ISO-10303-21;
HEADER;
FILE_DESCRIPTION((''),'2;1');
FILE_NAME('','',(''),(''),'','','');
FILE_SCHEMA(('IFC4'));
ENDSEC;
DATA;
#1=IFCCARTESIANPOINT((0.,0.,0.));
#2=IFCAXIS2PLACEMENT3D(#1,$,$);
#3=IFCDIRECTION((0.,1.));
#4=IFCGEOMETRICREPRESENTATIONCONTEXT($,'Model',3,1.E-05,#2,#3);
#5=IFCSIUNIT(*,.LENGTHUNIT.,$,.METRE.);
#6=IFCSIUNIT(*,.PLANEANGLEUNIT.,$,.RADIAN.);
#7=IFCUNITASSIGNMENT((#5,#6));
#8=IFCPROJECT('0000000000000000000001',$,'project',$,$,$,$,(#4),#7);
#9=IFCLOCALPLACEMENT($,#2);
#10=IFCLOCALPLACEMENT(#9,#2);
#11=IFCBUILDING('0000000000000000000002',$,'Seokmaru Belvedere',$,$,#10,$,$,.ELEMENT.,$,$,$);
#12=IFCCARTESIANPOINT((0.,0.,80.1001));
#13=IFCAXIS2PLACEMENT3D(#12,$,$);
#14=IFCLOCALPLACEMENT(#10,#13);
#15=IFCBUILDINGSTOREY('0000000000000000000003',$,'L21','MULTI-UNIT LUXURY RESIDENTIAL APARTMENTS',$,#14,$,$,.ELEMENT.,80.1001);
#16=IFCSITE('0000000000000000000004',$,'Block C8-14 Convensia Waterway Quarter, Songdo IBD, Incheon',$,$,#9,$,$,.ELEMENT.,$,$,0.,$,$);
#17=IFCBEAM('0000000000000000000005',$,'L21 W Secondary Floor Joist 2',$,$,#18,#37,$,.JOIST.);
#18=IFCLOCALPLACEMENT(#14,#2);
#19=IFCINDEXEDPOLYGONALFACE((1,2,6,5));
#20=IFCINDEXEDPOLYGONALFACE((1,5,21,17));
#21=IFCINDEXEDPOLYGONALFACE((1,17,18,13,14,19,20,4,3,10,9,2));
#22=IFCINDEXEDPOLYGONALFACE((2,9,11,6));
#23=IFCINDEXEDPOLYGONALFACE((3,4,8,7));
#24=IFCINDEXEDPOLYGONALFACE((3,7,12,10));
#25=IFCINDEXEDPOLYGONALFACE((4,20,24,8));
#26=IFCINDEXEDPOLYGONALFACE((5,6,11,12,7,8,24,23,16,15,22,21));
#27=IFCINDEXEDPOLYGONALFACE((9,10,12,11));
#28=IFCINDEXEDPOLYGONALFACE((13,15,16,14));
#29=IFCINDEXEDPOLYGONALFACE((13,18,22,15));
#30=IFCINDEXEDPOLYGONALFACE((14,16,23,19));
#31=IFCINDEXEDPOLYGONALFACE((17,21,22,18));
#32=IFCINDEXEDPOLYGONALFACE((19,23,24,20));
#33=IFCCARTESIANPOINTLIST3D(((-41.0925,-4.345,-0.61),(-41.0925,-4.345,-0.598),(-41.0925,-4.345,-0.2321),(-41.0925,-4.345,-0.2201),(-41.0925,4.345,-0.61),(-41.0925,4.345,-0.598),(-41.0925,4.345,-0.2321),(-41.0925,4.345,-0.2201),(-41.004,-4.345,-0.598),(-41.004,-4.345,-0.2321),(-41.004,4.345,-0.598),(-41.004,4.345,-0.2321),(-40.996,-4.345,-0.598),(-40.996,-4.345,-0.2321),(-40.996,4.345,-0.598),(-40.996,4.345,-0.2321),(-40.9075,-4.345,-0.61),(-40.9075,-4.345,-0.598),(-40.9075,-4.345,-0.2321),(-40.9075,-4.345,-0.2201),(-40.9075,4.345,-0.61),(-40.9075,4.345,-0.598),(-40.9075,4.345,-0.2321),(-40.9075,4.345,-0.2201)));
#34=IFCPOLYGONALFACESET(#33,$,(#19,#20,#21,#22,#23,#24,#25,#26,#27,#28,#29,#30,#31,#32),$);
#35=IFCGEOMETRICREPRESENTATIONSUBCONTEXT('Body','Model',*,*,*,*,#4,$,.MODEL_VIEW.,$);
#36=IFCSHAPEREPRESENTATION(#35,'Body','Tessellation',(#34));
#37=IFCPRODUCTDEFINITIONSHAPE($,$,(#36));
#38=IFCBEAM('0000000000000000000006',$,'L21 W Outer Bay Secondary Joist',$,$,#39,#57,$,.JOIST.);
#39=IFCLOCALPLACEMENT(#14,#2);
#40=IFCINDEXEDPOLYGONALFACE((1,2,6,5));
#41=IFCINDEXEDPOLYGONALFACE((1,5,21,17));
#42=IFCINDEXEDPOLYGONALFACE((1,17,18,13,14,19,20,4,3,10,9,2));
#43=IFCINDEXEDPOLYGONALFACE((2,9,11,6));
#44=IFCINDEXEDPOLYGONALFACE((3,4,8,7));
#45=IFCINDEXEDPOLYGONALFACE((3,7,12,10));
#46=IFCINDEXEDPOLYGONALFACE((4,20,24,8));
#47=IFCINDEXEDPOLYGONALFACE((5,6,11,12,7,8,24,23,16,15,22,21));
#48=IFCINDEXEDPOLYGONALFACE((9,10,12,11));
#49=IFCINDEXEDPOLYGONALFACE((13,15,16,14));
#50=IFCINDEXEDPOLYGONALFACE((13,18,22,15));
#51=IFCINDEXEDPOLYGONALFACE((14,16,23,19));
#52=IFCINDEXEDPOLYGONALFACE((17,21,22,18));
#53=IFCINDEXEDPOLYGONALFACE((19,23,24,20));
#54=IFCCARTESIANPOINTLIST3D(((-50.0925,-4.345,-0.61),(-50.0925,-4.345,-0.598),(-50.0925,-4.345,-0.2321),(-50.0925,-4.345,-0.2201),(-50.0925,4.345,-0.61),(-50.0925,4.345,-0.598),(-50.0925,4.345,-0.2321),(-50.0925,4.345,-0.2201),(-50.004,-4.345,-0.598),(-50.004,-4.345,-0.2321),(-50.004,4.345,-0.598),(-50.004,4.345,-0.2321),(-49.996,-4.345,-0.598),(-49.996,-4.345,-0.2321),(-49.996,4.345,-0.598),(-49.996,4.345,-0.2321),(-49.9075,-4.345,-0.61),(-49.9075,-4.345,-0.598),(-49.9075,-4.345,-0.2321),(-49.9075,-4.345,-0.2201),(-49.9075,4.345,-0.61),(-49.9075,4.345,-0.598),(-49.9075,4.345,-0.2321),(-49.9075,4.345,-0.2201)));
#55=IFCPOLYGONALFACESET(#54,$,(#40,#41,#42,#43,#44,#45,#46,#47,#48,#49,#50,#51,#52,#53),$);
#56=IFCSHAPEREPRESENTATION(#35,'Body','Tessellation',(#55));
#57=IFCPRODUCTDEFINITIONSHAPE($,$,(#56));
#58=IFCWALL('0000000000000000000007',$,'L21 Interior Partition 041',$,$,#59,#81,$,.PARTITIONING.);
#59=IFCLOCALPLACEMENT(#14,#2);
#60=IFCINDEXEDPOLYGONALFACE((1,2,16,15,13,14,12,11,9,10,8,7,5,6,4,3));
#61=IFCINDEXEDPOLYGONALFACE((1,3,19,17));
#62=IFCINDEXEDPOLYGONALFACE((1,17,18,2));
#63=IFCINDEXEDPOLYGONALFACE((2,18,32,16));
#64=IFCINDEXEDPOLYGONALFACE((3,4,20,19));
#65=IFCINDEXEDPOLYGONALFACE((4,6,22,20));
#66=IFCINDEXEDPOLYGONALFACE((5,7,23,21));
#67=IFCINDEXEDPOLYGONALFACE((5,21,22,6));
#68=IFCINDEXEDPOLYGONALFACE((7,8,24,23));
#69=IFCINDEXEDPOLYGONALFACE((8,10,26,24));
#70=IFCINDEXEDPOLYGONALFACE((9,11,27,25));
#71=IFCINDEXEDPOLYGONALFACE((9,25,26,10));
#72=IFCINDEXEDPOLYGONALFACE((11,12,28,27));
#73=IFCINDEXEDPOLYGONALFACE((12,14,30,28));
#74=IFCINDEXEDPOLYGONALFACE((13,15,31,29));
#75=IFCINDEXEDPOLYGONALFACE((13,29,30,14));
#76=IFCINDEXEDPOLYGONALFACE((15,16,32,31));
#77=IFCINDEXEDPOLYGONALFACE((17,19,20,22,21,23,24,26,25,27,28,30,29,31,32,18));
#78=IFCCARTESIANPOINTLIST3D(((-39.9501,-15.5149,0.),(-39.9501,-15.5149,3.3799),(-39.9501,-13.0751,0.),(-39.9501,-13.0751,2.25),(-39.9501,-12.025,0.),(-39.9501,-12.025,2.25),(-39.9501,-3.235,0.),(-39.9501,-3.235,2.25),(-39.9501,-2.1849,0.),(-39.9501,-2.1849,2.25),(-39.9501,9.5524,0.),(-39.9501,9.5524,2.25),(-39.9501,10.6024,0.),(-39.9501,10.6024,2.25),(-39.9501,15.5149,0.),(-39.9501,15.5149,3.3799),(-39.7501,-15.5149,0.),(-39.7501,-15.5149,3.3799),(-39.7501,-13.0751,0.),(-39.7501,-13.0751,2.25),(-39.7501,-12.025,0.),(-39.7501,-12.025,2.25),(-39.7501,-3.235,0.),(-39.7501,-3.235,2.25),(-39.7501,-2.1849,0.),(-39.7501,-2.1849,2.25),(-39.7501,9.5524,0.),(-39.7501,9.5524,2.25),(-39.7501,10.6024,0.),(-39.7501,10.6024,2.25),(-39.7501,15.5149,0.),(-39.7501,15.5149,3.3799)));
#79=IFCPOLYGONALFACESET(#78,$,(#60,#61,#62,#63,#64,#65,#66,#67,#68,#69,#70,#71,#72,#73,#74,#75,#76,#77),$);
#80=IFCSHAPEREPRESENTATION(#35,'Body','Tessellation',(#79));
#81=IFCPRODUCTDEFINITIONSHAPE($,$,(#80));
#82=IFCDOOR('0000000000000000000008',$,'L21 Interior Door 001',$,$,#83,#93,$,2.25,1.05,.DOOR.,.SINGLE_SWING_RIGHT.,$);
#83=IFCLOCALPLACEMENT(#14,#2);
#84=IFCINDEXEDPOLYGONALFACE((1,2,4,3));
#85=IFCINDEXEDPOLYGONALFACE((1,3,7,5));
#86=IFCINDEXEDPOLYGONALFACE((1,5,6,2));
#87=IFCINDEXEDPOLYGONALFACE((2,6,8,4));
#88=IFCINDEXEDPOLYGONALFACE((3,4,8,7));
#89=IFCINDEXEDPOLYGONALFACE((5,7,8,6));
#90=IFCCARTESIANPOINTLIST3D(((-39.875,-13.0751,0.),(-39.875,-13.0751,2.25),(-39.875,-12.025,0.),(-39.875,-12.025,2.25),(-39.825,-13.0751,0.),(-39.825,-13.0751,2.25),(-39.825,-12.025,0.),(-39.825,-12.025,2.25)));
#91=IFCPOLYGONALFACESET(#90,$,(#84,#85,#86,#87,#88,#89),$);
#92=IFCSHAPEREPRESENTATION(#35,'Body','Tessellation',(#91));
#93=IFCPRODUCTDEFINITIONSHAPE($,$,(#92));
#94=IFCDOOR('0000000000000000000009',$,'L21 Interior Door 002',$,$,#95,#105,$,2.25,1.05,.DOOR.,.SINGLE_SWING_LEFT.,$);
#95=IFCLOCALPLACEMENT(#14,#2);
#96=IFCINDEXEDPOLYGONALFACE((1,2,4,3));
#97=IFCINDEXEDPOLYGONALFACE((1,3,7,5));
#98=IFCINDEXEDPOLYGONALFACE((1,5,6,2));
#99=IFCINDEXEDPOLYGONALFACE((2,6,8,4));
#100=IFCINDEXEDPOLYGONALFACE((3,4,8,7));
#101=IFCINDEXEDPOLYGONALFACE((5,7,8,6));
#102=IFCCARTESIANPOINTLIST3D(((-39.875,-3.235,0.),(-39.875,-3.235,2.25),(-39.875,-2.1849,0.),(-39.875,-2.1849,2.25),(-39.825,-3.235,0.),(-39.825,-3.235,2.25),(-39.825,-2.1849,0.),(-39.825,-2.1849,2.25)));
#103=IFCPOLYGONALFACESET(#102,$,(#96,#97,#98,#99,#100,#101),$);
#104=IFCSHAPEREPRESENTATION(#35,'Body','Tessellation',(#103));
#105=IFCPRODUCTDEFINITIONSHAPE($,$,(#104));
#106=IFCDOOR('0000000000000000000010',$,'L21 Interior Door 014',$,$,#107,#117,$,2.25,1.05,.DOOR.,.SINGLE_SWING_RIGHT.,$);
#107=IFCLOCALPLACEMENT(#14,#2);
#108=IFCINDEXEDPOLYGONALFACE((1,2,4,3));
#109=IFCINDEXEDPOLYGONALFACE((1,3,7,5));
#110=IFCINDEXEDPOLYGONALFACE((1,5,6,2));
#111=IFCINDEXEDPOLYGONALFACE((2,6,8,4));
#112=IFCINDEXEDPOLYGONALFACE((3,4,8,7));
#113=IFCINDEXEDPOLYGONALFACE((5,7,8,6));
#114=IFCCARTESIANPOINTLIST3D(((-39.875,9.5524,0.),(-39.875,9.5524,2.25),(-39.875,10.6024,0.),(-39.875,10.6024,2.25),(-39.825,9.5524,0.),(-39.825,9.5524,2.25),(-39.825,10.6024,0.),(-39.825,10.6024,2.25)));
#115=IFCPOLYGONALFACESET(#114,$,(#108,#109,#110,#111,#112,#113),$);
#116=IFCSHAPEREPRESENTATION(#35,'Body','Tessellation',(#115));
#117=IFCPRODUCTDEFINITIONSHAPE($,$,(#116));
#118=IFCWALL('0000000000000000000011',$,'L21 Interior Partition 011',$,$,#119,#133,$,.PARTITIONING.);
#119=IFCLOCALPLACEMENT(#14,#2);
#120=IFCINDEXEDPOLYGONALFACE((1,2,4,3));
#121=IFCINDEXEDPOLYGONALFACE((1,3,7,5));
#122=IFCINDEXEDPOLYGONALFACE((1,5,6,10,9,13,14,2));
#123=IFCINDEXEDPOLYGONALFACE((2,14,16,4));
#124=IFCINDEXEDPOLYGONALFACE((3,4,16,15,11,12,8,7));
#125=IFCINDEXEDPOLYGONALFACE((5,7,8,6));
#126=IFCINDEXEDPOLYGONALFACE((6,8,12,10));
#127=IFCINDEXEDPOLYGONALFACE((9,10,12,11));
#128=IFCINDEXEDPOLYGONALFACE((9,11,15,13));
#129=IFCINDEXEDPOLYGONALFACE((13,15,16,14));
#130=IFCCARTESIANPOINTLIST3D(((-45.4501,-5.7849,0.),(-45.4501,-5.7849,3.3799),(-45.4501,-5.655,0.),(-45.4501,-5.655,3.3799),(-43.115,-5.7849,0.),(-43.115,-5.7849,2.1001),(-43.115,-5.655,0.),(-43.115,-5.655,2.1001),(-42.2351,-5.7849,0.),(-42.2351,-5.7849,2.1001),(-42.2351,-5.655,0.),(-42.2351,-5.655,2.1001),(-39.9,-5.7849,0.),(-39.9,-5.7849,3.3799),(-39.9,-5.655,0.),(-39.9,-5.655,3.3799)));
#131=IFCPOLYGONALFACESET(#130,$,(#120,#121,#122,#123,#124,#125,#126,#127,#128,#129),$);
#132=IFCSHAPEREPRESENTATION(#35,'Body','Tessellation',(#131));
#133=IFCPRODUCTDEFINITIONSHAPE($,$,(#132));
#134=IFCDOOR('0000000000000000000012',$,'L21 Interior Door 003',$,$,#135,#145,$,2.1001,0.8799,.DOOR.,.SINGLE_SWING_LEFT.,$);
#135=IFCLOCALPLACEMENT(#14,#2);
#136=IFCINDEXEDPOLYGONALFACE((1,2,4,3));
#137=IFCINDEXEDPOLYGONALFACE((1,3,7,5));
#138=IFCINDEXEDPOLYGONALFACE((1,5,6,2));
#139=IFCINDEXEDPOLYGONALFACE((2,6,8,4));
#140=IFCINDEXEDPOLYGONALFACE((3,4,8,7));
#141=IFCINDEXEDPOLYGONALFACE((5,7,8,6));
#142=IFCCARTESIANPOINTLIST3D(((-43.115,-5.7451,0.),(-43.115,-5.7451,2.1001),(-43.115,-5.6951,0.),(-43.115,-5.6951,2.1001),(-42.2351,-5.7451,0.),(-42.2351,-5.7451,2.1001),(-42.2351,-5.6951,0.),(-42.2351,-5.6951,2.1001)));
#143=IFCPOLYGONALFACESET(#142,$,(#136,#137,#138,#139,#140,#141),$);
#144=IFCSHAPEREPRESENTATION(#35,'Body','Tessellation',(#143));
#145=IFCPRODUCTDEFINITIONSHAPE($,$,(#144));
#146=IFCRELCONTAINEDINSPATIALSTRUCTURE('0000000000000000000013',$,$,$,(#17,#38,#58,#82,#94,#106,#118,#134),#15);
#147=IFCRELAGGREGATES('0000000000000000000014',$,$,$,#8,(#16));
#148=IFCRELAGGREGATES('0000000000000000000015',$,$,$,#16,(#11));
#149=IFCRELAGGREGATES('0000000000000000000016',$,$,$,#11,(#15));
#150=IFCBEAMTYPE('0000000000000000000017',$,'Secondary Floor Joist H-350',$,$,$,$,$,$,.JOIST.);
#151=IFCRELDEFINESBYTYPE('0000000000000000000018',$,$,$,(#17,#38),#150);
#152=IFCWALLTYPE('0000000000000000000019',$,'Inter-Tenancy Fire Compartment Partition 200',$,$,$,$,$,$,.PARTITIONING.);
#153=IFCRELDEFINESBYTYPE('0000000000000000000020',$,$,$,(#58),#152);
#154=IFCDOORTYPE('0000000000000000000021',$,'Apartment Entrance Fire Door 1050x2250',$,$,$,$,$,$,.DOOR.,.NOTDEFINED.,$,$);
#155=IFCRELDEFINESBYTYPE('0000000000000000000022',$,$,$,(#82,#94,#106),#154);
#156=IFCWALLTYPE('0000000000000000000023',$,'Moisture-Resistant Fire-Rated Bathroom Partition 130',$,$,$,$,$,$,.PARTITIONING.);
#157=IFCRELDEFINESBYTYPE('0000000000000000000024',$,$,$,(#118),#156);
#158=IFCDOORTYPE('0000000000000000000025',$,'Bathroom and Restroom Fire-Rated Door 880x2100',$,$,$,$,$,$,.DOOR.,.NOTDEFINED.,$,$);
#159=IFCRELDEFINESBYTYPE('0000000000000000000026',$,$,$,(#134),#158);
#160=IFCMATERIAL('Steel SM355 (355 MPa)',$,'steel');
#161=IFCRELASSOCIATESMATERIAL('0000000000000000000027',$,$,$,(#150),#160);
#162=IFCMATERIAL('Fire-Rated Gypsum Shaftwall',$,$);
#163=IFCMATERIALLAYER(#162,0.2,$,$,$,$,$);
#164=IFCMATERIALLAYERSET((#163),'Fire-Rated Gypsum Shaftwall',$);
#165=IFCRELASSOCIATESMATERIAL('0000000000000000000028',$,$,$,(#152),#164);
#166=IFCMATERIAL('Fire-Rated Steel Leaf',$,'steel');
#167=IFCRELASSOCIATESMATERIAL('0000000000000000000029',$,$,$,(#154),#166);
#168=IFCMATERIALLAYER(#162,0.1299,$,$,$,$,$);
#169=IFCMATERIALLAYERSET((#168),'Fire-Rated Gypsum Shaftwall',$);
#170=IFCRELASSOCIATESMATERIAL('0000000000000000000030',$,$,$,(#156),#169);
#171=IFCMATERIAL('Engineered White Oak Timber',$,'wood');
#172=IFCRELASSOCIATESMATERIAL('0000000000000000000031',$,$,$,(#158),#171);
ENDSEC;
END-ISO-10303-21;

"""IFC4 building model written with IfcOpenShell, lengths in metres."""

from ifc_helpers import new_model, si_unit, direction, frame, frame_2d, origin, origin_2d, place, context, subcontext, project, spatial, rectangle, i_section, extrude, source, transform, mapped, material, layer, layer_set, material_profile, profile_set, type_object, type_shapes, element, fill, save


model = new_model("IFC4")

# Units and contexts
model_context = context("Model", 3, precision=1e-05, world=origin(), true_north=direction((0.0, 1.0)))
body_context = subcontext(model_context, "Body", "Model", "MODEL_VIEW")
ifc_project = project(units=[si_unit("LENGTHUNIT", "METRE"), si_unit("PLANEANGLEUNIT", "RADIAN")], contexts=[model_context])

# Site, building, storey
site_placement = place(None, origin())
site = spatial("IfcSite", under=ifc_project, at=site_placement, Name="Block C8-14 Convensia Waterway Quarter, Songdo IBD, Incheon", CompositionType="ELEMENT", RefElevation=0.0)
building_placement = place(site_placement, origin())
building = spatial("IfcBuilding", under=site, at=building_placement, Name="Seokmaru Belvedere", CompositionType="ELEMENT")
storey_placement = place(building_placement, frame((0.0, 0.0, 80.1001)))
storey = spatial("IfcBuildingStorey", under=building, at=storey_placement, Name="L21", Description="MULTI-UNIT LUXURY RESIDENTIAL APARTMENTS", CompositionType="ELEMENT", Elevation=80.1001)

# Shared definitions
ifc_material_1 = material(Name="Steel SM355 (355 MPa)", Category="steel")

# Beams
ifc_material_profile_1 = material_profile(ifc_material_1, i_section(OverallWidth=0.1851, OverallDepth=0.3899, WebThickness=0.0081, FlangeThickness=0.012, at=origin_2d()), Name="H-390x185x8x12")
ifc_profile_set_1 = profile_set([ifc_material_profile_1], Name="Steel SM355 (355 MPa)")
beam_type_1 = type_object("IfcBeamType", Name="Secondary Floor Joist H-350", PredefinedType="JOIST", material=ifc_profile_set_1)
shared_shape_1 = source(origin(), body_context, "Body", "SweptSolid", [
    extrude(i_section(OverallWidth=0.1851, OverallDepth=0.3899, WebThickness=0.0081, FlangeThickness=0.012, at=origin_2d()), origin(), (0.0, 0.0, 1.0), 8.6899),
])
type_shapes(beam_type_1, [shared_shape_1])
for number, where, z_axis, x_axis, name in (
    (1, (-41.0, -4.345, -0.415), (0.0, 1.0, 0.0), (-1.0, 0.0, 0.0), "L21 W Secondary Floor Joist 2"),
    (2, (-50.0, -4.345, -0.415), (0.0, 1.0, 0.0), (-1.0, 0.0, 0.0), "L21 W Outer Bay Secondary Joist"),
):
    element("IfcBeam", number, at=place(storey_placement, frame(where, z_axis=z_axis, x_axis=x_axis)), inside=storey, type_object=beam_type_1, Name=name, PredefinedType="JOIST", context=body_context, shape_type="MappedRepresentation", body=[
        mapped(shared_shape_1, transform((0.0, 0.0, 0.0), scale=1.0)),
    ])

# Wall, openings, doors
ifc_material_2 = material(Name="Fire-Rated Gypsum Shaftwall")
ifc_layer_1 = layer(ifc_material_2, 0.2)
ifc_layer_set_1 = layer_set([ifc_layer_1], Name="Fire-Rated Gypsum Shaftwall")
wall_type_1 = type_object("IfcWallType", Name="Inter-Tenancy Fire Compartment Partition 200", PredefinedType="PARTITIONING", material=ifc_layer_set_1)
wall_1_placement = place(storey_placement, frame((-39.8501, -15.5149, 0.0), z_axis=(0.0, 0.0, 1.0), x_axis=(0.0, 1.0, 0.0)))
wall_1 = element("IfcWall", 3, at=wall_1_placement, inside=storey, type_object=wall_type_1, Name="L21 Interior Partition 041", PredefinedType="PARTITIONING", context=body_context, shape_type="SweptSolid", body=[
    extrude(rectangle(XDim=31.0298, YDim=0.2, at=frame_2d((15.5149, 0.0))), origin(), (0.0, 0.0, 1.0), 3.3799),
])
opening_1_placement = place(wall_1_placement, frame((2.4399, 0.0, 0.0)))
opening_1 = element("IfcOpeningElement", 4, at=opening_1_placement, cuts=wall_1, PredefinedType="OPENING", context=body_context, shape_type="SweptSolid", body=[
    extrude(rectangle(XDim=1.05, YDim=2.25, at=frame_2d((0.5249, 1.125))), frame((0.0, 0.1099, 0.0), z_axis=(0.0, -1.0, 0.0), x_axis=(1.0, 0.0, 0.0)), (0.0, 0.0, 1.0), 0.22),
])
opening_2_placement = place(wall_1_placement, frame((12.28, 0.0, 0.0)))
opening_2 = element("IfcOpeningElement", 5, at=opening_2_placement, cuts=wall_1, PredefinedType="OPENING", context=body_context, shape_type="SweptSolid", body=[
    extrude(rectangle(XDim=1.05, YDim=2.25, at=frame_2d((0.5249, 1.125))), frame((0.0, 0.1099, 0.0), z_axis=(0.0, -1.0, 0.0), x_axis=(1.0, 0.0, 0.0)), (0.0, 0.0, 1.0), 0.22),
])
opening_3_placement = place(wall_1_placement, frame((25.0674, 0.0, 0.0)))
opening_3 = element("IfcOpeningElement", 6, at=opening_3_placement, cuts=wall_1, PredefinedType="OPENING", context=body_context, shape_type="SweptSolid", body=[
    extrude(rectangle(XDim=1.05, YDim=2.25, at=frame_2d((0.5249, 1.125))), frame((0.0, 0.1099, 0.0), z_axis=(0.0, -1.0, 0.0), x_axis=(1.0, 0.0, 0.0)), (0.0, 0.0, 1.0), 0.22),
])
ifc_material_3 = material(Name="Fire-Rated Steel Leaf", Category="steel")
door_type_1 = type_object("IfcDoorType", Name="Apartment Entrance Fire Door 1050x2250", OperationType="NOTDEFINED", PredefinedType="DOOR", material=ifc_material_3)
shared_shape_2 = source(origin(), body_context, "Body", "SweptSolid", [
    extrude(rectangle(XDim=1.05, YDim=2.25, at=frame_2d((0.5249, 1.125))), frame((0.0, 0.0249, 0.0), z_axis=(0.0, -1.0, 0.0), x_axis=(1.0, 0.0, 0.0)), (0.0, 0.0, 1.0), 0.05),
])
type_shapes(door_type_1, [shared_shape_2])
door_1_placement = place(opening_1_placement, origin())
door_1 = element("IfcDoor", 7, at=door_1_placement, inside=storey, type_object=door_type_1, Name="L21 Interior Door 001", OperationType="SINGLE_SWING_RIGHT", OverallHeight=2.25, OverallWidth=1.05, PredefinedType="DOOR", context=body_context, shape_type="MappedRepresentation", body=[
    mapped(shared_shape_2, transform((0.0, 0.0, 0.0), scale=1.0)),
])
fill(opening_1, door_1)
door_2_placement = place(opening_2_placement, origin())
door_2 = element("IfcDoor", 8, at=door_2_placement, inside=storey, type_object=door_type_1, Name="L21 Interior Door 002", OperationType="SINGLE_SWING_LEFT", OverallHeight=2.25, OverallWidth=1.05, PredefinedType="DOOR", context=body_context, shape_type="MappedRepresentation", body=[
    mapped(shared_shape_2, transform((0.0, 0.0, 0.0), scale=1.0)),
])
fill(opening_2, door_2)
door_3_placement = place(opening_3_placement, origin())
door_3 = element("IfcDoor", 9, at=door_3_placement, inside=storey, type_object=door_type_1, Name="L21 Interior Door 014", OperationType="SINGLE_SWING_RIGHT", OverallHeight=2.25, OverallWidth=1.05, PredefinedType="DOOR", context=body_context, shape_type="MappedRepresentation", body=[
    mapped(shared_shape_2, transform((0.0, 0.0, 0.0), scale=1.0)),
])
fill(opening_3, door_3)

# Wall, opening, door
ifc_layer_2 = layer(ifc_material_2, 0.1299)
ifc_layer_set_2 = layer_set([ifc_layer_2], Name="Fire-Rated Gypsum Shaftwall")
wall_type_2 = type_object("IfcWallType", Name="Moisture-Resistant Fire-Rated Bathroom Partition 130", PredefinedType="PARTITIONING", material=ifc_layer_set_2)
wall_2_placement = place(storey_placement, frame((-45.45, -5.72, 0.0), z_axis=(0.0, 0.0, 1.0), x_axis=(1.0, 0.0, 0.0)))
wall_2 = element("IfcWall", 10, at=wall_2_placement, inside=storey, type_object=wall_type_2, Name="L21 Interior Partition 011", PredefinedType="PARTITIONING", context=body_context, shape_type="SweptSolid", body=[
    extrude(rectangle(XDim=5.55, YDim=0.1299, at=frame_2d((2.7749, 0.0))), origin(), (0.0, 0.0, 1.0), 3.3799),
])
opening_4_placement = place(wall_2_placement, frame((2.335, 0.0, 0.0)))
opening_4 = element("IfcOpeningElement", 11, at=opening_4_placement, cuts=wall_2, PredefinedType="OPENING", context=body_context, shape_type="SweptSolid", body=[
    extrude(rectangle(XDim=0.8799, YDim=2.1001, at=frame_2d((0.4399, 1.05))), frame((0.0, 0.075, 0.0), z_axis=(0.0, -1.0, 0.0), x_axis=(1.0, 0.0, 0.0)), (0.0, 0.0, 1.0), 0.1499),
])
ifc_material_4 = material(Name="Engineered White Oak Timber", Category="wood")
door_type_2 = type_object("IfcDoorType", Name="Bathroom and Restroom Fire-Rated Door 880x2100", OperationType="NOTDEFINED", PredefinedType="DOOR", material=ifc_material_4)
shared_shape_3 = source(origin(), body_context, "Body", "SweptSolid", [
    extrude(rectangle(XDim=0.8799, YDim=2.1001, at=frame_2d((0.4399, 1.05))), frame((0.0, 0.0249, 0.0), z_axis=(0.0, -1.0, 0.0), x_axis=(1.0, 0.0, 0.0)), (0.0, 0.0, 1.0), 0.05),
])
type_shapes(door_type_2, [shared_shape_3])
door_4_placement = place(opening_4_placement, origin())
door_4 = element("IfcDoor", 12, at=door_4_placement, inside=storey, type_object=door_type_2, Name="L21 Interior Door 003", OperationType="SINGLE_SWING_LEFT", OverallHeight=2.1001, OverallWidth=0.8799, PredefinedType="DOOR", context=body_context, shape_type="MappedRepresentation", body=[
    mapped(shared_shape_3, transform((0.0, 0.0, 0.0), scale=1.0)),
])
fill(opening_4, door_4)

save(model, "model.ifc")
